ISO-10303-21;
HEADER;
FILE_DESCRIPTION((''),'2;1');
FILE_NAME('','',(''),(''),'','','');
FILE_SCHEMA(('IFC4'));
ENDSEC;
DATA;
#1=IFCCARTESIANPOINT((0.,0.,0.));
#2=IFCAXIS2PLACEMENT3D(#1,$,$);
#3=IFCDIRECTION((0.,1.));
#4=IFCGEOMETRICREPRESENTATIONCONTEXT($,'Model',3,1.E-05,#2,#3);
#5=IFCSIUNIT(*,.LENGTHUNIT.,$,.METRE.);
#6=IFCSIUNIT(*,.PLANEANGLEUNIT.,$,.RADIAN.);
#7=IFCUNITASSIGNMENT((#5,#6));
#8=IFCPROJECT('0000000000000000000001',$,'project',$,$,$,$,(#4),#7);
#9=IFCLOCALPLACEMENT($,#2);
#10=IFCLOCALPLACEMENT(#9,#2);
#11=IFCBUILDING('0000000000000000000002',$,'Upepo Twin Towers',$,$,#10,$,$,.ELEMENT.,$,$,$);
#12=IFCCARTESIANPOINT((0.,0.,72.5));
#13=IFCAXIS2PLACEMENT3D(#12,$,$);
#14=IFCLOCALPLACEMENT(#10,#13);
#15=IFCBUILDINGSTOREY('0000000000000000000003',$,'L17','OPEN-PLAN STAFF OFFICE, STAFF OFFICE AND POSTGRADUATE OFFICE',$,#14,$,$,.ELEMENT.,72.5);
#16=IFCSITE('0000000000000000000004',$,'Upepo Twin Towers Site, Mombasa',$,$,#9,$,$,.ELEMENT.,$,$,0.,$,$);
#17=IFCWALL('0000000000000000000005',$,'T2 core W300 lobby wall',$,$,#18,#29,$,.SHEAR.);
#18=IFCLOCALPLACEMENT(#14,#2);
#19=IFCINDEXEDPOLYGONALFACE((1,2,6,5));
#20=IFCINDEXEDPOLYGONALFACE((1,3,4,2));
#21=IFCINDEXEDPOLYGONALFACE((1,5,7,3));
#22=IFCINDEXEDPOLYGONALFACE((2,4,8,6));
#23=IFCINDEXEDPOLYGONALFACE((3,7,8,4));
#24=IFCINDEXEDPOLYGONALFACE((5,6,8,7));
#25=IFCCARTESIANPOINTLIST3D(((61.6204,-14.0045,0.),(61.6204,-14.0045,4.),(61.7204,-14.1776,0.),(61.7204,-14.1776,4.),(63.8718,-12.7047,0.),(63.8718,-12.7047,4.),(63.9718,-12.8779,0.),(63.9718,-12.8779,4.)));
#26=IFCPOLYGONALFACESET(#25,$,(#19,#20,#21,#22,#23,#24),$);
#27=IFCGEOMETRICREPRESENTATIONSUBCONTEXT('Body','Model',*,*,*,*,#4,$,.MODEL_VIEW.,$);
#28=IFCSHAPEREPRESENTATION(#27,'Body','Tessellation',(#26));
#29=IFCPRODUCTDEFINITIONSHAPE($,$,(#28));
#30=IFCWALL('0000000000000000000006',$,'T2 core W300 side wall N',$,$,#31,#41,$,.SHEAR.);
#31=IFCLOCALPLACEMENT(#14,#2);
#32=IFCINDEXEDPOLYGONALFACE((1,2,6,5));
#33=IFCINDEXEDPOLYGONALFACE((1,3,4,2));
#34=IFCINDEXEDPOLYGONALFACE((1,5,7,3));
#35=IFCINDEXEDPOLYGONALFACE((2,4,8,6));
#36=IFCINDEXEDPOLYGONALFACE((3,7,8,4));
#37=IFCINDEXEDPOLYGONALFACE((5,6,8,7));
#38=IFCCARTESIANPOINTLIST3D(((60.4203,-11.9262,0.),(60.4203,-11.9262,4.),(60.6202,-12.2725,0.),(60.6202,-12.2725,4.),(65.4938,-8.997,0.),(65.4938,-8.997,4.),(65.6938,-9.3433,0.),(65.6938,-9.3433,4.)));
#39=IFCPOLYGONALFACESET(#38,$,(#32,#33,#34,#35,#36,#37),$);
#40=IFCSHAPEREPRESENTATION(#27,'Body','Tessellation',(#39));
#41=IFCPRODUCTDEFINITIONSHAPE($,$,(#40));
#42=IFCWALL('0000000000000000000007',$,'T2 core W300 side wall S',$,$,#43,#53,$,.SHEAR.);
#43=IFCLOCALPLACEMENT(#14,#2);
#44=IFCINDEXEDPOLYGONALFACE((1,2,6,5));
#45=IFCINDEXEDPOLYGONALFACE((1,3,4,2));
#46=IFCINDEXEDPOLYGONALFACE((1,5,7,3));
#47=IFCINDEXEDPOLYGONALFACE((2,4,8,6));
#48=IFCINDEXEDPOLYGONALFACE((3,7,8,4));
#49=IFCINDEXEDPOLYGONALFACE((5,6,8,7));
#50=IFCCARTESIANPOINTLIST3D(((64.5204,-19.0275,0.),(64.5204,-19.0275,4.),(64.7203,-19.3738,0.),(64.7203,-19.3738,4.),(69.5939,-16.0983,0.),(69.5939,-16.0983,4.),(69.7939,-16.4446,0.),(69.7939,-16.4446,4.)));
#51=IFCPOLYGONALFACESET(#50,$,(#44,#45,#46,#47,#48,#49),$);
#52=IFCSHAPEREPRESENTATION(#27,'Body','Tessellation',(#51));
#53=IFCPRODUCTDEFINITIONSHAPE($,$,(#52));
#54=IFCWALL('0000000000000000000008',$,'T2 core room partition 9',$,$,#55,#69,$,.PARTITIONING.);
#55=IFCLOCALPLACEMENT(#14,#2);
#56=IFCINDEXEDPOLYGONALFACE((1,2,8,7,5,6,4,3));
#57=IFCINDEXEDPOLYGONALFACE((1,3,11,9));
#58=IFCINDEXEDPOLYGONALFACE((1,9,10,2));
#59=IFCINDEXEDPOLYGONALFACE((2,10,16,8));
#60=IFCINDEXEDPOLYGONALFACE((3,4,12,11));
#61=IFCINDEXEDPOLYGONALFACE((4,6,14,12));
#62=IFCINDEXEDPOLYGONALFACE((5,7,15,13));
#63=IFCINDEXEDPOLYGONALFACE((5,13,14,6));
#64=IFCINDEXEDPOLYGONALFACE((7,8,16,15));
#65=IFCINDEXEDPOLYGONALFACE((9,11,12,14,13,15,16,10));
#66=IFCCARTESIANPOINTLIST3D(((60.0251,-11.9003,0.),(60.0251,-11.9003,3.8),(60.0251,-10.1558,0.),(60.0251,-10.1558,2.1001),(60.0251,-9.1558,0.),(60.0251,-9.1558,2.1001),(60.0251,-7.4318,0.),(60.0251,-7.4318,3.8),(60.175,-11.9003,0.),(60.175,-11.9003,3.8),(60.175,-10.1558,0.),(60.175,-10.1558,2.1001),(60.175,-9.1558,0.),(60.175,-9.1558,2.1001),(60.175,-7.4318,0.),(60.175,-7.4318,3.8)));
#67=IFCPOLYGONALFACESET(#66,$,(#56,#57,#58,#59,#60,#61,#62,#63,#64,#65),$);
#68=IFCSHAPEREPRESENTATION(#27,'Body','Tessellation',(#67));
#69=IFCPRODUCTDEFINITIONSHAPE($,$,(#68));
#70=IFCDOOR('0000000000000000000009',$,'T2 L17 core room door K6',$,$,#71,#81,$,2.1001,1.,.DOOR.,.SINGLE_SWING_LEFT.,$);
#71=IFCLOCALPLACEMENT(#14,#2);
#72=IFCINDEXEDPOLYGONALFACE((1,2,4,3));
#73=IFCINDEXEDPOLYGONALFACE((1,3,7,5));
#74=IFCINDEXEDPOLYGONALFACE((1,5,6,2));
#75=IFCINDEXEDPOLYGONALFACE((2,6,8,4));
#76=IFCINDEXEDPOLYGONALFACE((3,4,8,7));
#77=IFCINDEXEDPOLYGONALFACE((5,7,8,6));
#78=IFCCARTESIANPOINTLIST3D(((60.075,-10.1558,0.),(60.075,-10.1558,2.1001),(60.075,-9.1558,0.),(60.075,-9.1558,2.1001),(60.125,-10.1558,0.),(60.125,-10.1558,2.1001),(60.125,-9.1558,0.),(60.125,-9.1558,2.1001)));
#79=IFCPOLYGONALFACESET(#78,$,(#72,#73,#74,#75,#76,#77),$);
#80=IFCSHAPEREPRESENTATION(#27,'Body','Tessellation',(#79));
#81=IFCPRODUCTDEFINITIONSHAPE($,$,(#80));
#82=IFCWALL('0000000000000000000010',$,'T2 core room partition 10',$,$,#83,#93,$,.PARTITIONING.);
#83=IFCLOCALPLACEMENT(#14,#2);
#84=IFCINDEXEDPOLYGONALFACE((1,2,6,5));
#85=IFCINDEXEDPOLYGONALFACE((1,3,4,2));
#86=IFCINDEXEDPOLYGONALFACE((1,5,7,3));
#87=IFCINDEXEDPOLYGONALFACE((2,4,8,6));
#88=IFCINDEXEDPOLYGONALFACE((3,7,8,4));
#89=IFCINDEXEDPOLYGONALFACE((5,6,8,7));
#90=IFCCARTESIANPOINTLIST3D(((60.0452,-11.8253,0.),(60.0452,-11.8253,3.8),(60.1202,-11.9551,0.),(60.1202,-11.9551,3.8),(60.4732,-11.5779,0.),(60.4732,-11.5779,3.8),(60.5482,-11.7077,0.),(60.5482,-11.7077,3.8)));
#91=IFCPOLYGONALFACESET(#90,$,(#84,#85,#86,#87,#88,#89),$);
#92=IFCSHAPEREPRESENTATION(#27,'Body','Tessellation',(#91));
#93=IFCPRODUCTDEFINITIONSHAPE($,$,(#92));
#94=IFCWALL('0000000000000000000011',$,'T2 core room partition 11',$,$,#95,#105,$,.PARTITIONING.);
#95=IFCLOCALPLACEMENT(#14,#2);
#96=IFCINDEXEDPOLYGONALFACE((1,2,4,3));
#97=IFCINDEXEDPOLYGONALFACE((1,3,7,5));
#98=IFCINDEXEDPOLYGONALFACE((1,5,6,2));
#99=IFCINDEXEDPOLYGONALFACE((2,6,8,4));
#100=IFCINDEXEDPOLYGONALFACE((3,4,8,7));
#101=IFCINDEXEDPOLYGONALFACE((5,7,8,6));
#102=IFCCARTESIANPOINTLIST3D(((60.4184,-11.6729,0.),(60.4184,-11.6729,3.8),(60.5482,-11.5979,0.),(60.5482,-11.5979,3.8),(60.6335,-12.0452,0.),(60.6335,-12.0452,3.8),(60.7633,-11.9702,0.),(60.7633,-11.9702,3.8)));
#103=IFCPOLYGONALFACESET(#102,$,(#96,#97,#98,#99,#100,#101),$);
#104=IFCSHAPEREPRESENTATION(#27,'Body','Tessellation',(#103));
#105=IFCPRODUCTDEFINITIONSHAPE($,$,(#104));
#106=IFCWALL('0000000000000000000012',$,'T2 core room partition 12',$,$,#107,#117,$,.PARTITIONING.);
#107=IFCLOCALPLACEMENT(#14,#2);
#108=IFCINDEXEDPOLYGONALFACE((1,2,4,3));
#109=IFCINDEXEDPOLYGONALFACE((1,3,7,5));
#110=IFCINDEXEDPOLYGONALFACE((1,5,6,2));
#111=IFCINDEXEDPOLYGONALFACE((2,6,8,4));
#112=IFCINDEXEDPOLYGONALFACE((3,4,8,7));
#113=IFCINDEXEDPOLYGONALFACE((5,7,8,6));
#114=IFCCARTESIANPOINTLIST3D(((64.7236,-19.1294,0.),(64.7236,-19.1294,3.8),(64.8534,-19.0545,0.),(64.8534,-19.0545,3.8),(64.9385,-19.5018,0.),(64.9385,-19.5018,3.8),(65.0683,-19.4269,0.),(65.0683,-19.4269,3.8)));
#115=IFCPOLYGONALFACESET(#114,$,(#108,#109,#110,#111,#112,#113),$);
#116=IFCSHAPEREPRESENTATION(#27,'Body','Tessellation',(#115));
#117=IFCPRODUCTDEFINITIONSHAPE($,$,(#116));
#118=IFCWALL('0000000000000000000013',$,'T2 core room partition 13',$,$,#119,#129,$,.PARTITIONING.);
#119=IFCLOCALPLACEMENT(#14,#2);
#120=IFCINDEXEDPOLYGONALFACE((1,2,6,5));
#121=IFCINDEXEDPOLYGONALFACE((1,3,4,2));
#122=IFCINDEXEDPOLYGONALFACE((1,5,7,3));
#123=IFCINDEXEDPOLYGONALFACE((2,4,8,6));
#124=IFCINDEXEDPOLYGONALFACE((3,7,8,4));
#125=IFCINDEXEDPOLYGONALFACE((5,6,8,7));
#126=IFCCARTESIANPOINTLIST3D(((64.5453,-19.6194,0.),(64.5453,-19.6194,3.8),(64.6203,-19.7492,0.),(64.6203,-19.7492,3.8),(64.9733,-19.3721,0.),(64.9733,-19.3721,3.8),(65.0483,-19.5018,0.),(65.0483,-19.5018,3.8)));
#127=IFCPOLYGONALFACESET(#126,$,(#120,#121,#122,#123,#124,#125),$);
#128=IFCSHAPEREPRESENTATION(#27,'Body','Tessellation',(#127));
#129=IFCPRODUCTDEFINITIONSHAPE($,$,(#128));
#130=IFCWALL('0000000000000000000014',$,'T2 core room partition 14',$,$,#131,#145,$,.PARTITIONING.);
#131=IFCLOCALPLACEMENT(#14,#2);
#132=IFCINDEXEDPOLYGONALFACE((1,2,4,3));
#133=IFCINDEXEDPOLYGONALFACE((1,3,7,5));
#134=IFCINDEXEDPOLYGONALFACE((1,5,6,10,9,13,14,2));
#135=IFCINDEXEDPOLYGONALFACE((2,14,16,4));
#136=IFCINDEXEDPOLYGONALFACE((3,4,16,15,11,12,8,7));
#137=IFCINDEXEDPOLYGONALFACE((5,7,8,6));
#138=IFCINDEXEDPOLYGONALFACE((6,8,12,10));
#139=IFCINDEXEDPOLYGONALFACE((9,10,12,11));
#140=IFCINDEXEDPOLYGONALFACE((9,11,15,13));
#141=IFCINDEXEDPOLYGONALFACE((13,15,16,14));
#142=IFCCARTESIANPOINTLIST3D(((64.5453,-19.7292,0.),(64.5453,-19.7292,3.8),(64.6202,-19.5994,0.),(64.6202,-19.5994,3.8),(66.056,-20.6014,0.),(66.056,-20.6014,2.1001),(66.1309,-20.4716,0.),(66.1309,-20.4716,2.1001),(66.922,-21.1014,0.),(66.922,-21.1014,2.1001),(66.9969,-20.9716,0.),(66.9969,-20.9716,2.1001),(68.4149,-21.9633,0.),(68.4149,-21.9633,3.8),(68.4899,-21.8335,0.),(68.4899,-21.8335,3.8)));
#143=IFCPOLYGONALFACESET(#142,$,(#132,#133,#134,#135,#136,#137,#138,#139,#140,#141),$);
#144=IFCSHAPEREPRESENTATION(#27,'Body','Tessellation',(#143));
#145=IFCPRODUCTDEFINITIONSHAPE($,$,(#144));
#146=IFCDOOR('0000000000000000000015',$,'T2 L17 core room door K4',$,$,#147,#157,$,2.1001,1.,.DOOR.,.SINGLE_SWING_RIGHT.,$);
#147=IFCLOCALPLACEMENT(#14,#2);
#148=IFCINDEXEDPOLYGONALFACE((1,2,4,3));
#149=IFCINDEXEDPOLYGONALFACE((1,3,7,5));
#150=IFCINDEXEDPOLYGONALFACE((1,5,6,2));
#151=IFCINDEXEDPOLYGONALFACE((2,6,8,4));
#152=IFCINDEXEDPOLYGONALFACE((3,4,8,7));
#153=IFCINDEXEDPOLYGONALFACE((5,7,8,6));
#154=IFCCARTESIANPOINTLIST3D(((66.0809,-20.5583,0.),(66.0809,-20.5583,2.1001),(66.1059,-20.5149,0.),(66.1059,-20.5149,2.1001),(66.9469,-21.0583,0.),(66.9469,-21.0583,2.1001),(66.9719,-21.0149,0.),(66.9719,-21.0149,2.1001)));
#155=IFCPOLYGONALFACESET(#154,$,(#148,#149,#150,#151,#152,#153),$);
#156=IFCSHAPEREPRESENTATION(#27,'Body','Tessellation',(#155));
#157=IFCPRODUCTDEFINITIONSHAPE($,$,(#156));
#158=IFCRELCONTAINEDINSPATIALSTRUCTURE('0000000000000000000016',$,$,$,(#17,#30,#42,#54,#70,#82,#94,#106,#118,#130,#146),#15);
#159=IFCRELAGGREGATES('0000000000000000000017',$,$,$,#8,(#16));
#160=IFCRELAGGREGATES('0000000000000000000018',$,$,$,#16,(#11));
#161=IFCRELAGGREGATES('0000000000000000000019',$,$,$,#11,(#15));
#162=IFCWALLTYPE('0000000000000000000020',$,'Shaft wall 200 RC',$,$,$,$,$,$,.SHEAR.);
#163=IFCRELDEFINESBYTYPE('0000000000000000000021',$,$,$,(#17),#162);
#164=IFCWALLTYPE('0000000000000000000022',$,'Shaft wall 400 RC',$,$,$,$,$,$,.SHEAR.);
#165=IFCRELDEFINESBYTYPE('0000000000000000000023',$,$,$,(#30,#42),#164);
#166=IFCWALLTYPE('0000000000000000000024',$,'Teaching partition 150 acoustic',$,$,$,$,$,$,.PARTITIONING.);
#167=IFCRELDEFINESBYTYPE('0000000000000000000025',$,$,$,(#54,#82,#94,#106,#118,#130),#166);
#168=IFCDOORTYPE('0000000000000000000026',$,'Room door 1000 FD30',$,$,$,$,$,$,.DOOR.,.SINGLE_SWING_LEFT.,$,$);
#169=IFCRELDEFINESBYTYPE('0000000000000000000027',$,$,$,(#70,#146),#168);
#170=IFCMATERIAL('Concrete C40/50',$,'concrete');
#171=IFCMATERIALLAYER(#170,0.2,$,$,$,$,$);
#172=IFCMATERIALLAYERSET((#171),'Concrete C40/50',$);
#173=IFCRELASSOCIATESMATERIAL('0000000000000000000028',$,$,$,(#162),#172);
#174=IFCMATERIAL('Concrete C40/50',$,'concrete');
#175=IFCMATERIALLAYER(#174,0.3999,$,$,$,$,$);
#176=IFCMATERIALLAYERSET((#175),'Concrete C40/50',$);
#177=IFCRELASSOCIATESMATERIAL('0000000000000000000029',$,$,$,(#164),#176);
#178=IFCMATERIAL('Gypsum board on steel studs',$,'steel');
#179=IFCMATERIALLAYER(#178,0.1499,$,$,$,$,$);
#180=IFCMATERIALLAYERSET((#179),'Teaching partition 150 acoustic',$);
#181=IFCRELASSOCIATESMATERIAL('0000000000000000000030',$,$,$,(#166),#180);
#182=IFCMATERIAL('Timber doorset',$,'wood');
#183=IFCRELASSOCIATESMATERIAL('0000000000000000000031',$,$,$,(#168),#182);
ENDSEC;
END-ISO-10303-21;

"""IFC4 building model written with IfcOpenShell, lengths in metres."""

from ifc_helpers import new_model, si_unit, direction, frame, frame_2d, origin, place, context, subcontext, project, spatial, rectangle, extrude, material, layer, layer_set, type_object, element, fill, save


model = new_model("IFC4")

# Units and contexts
model_context = context("Model", 3, precision=1e-05, world=origin(), true_north=direction((0.0, 1.0)))
body_context = subcontext(model_context, "Body", "Model", "MODEL_VIEW")
ifc_project = project(units=[si_unit("LENGTHUNIT", "METRE"), si_unit("PLANEANGLEUNIT", "RADIAN")], contexts=[model_context])

# Site, building, storey
site_placement = place(None, origin())
site = spatial("IfcSite", under=ifc_project, at=site_placement, Name="Upepo Twin Towers Site, Mombasa", CompositionType="ELEMENT", RefElevation=0.0)
building_placement = place(site_placement, origin())
building = spatial("IfcBuilding", under=site, at=building_placement, Name="Upepo Twin Towers", CompositionType="ELEMENT")
storey_placement = place(building_placement, frame((0.0, 0.0, 72.5)))
storey = spatial("IfcBuildingStorey", under=building, at=storey_placement, Name="L17", Description="OPEN-PLAN STAFF OFFICE, STAFF OFFICE AND POSTGRADUATE OFFICE", CompositionType="ELEMENT", Elevation=72.5)

# Shared definitions
ifc_material_1 = material(Name="Concrete C40/50", Category="concrete")
ifc_layer_1 = layer(ifc_material_1, 0.2)
ifc_layer_set_1 = layer_set([ifc_layer_1], Name="Concrete C40/50")
wall_type_1 = type_object("IfcWallType", Name="Shaft wall 200 RC", PredefinedType="SHEAR", material=ifc_layer_set_1)

# Walls
wall_1_placement = place(storey_placement, frame((61.6704, -14.0911, 0.0), z_axis=(0.0, 0.0, 1.0), x_axis=(0.866039, 0.499977, 0.0)))
element("IfcWall", 1, at=wall_1_placement, inside=storey, type_object=wall_type_1, Name="T2 core W300 lobby wall", PredefinedType="SHEAR", context=body_context, shape_type="SweptSolid", body=[
    extrude(rectangle(XDim=2.5996, YDim=0.2, at=frame_2d((1.2998, 0.0))), origin(), (0.0, 0.0, 1.0), 4.0),
])
ifc_material_2 = material(Name="Concrete C40/50", Category="concrete")
ifc_layer_2 = layer(ifc_material_2, 0.3999)
ifc_layer_set_2 = layer_set([ifc_layer_2], Name="Concrete C40/50")
wall_type_2 = type_object("IfcWallType", Name="Shaft wall 400 RC", PredefinedType="SHEAR", material=ifc_layer_set_2)
for number, where, z_axis, x_axis, name in (
    (2, (60.5203, -12.0994, 0.0), (0.0, 0.0, 1.0), (0.866024, 0.500003, 0.0), "T2 core W300 side wall N"),
    (3, (64.6204, -19.2007, 0.0), (0.0, 0.0, 1.0), (0.866024, 0.500003, 0.0), "T2 core W300 side wall S"),
):
    element("IfcWall", number, at=place(storey_placement, frame(where, z_axis=z_axis, x_axis=x_axis)), inside=storey, type_object=wall_type_2, Name=name, PredefinedType="SHEAR", context=body_context, shape_type="SweptSolid", body=[
        extrude(rectangle(XDim=5.8584, YDim=0.3999, at=frame_2d((2.9292, 0.0))), origin(), (0.0, 0.0, 1.0), 4.0),
    ])

# Wall, opening, door
ifc_material_3 = material(Name="Gypsum board on steel studs", Category="steel")
ifc_layer_3 = layer(ifc_material_3, 0.1499)
ifc_layer_set_3 = layer_set([ifc_layer_3], Name="Teaching partition 150 acoustic")
wall_type_3 = type_object("IfcWallType", Name="Teaching partition 150 acoustic", PredefinedType="PARTITIONING", material=ifc_layer_set_3)
wall_2_placement = place(storey_placement, frame((60.1001, -7.4316, 0.0), z_axis=(0.0, 0.0, 1.0), x_axis=(0.0, -1.0, 0.0)))
wall_2 = element("IfcWall", 4, at=wall_2_placement, inside=storey, type_object=wall_type_3, Name="T2 core room partition 9", PredefinedType="PARTITIONING", context=body_context, shape_type="SweptSolid", body=[
    extrude(rectangle(XDim=4.4685, YDim=0.1499, at=frame_2d((2.2344, 0.0))), origin(), (0.0, 0.0, 1.0), 3.8),
])
opening_1_placement = place(wall_2_placement, frame((1.7241, 0.0, 0.0)))
opening_1 = element("IfcOpeningElement", 5, at=opening_1_placement, cuts=wall_2, PredefinedType="OPENING", context=body_context, shape_type="SweptSolid", body=[
    extrude(rectangle(XDim=1.0, YDim=2.1001, at=frame_2d((0.5, 1.05))), frame((0.0, 0.085, 0.0), z_axis=(0.0, -1.0, 0.0), x_axis=(1.0, 0.0, 0.0)), (0.0, 0.0, 1.0), 0.1699),
])
ifc_material_4 = material(Name="Timber doorset", Category="wood")
door_type_1 = type_object("IfcDoorType", Name="Room door 1000 FD30", OperationType="SINGLE_SWING_LEFT", PredefinedType="DOOR", material=ifc_material_4)
door_1_placement = place(opening_1_placement, origin())
door_1 = element("IfcDoor", 6, at=door_1_placement, inside=storey, type_object=door_type_1, Name="T2 L17 core room door K6", OperationType="SINGLE_SWING_LEFT", OverallHeight=2.1001, OverallWidth=1.0, PredefinedType="DOOR", context=body_context, shape_type="SweptSolid", body=[
    extrude(rectangle(XDim=1.0, YDim=2.1001, at=frame_2d((0.5, 1.05))), frame((0.0, 0.0249, 0.0), z_axis=(0.0, -1.0, 0.0), x_axis=(1.0, 0.0, 0.0)), (0.0, 0.0, 1.0), 0.05),
])
fill(opening_1, door_1)

# Walls
wall_3_placement = place(storey_placement, frame((60.0828, -11.8901, 0.0), z_axis=(0.0, 0.0, 1.0), x_axis=(0.865832, 0.500335, 0.0)))
element("IfcWall", 7, at=wall_3_placement, inside=storey, type_object=wall_type_3, Name="T2 core room partition 10", PredefinedType="PARTITIONING", context=body_context, shape_type="SweptSolid", body=[
    extrude(rectangle(XDim=0.4944, YDim=0.1499, at=frame_2d((0.2471, 0.0))), origin(), (0.0, 0.0, 1.0), 3.8),
])
for number, where, z_axis, x_axis, name in (
    (8, (60.4834, -11.6355, 0.0), (0.0, 0.0, 1.0), (0.50023, -0.865892, 0.0), "T2 core room partition 11"),
    (9, (64.7886, -19.092, 0.0), (0.0, 0.0, 1.0), (0.499804, -0.866138, 0.0), "T2 core room partition 12"),
):
    element("IfcWall", number, at=place(storey_placement, frame(where, z_axis=z_axis, x_axis=x_axis)), inside=storey, type_object=wall_type_3, Name=name, PredefinedType="PARTITIONING", context=body_context, shape_type="SweptSolid", body=[
        extrude(rectangle(XDim=0.4299, YDim=0.1499, at=frame_2d((0.2148, 0.0))), origin(), (0.0, 0.0, 1.0), 3.8),
    ])
wall_4_placement = place(storey_placement, frame((65.0107, -19.437, 0.0), z_axis=(0.0, 0.0, 1.0), x_axis=(-0.865832, -0.500335, 0.0)))
element("IfcWall", 10, at=wall_4_placement, inside=storey, type_object=wall_type_3, Name="T2 core room partition 13", PredefinedType="PARTITIONING", context=body_context, shape_type="SweptSolid", body=[
    extrude(rectangle(XDim=0.4944, YDim=0.1499, at=frame_2d((0.2471, 0.0))), origin(), (0.0, 0.0, 1.0), 3.8),
])

# Wall, opening, door
wall_5_placement = place(storey_placement, frame((64.5828, -19.6643, 0.0), z_axis=(0.0, 0.0, 1.0), x_axis=(0.866025, -0.5, 0.0)))
wall_5 = element("IfcWall", 11, at=wall_5_placement, inside=storey, type_object=wall_type_3, Name="T2 core room partition 14", PredefinedType="PARTITIONING", context=body_context, shape_type="SweptSolid", body=[
    extrude(rectangle(XDim=4.4683, YDim=0.1499, at=frame_2d((2.2341, 0.0))), origin(), (0.0, 0.0, 1.0), 3.8),
])
opening_2_placement = place(wall_5_placement, frame((1.7444, 0.0, 0.0)))
opening_2 = element("IfcOpeningElement", 12, at=opening_2_placement, cuts=wall_5, PredefinedType="OPENING", context=body_context, shape_type="SweptSolid", body=[
    extrude(rectangle(XDim=1.0, YDim=2.1001, at=frame_2d((0.5, 1.05))), frame((0.0, 0.085, 0.0), z_axis=(0.0, -1.0, 0.0), x_axis=(1.0, 0.0, 0.0)), (0.0, 0.0, 1.0), 0.1699),
])
door_2_placement = place(opening_2_placement, origin())
door_2 = element("IfcDoor", 13, at=door_2_placement, inside=storey, type_object=door_type_1, Name="T2 L17 core room door K4", OperationType="SINGLE_SWING_RIGHT", OverallHeight=2.1001, OverallWidth=1.0, PredefinedType="DOOR", context=body_context, shape_type="SweptSolid", body=[
    extrude(rectangle(XDim=1.0, YDim=2.1001, at=frame_2d((0.5, 1.05))), frame((0.0, 0.0249, 0.0), z_axis=(0.0, -1.0, 0.0), x_axis=(1.0, 0.0, 0.0)), (0.0, 0.0, 1.0), 0.05),
])
fill(opening_2, door_2)

save(model, "model.ifc")
